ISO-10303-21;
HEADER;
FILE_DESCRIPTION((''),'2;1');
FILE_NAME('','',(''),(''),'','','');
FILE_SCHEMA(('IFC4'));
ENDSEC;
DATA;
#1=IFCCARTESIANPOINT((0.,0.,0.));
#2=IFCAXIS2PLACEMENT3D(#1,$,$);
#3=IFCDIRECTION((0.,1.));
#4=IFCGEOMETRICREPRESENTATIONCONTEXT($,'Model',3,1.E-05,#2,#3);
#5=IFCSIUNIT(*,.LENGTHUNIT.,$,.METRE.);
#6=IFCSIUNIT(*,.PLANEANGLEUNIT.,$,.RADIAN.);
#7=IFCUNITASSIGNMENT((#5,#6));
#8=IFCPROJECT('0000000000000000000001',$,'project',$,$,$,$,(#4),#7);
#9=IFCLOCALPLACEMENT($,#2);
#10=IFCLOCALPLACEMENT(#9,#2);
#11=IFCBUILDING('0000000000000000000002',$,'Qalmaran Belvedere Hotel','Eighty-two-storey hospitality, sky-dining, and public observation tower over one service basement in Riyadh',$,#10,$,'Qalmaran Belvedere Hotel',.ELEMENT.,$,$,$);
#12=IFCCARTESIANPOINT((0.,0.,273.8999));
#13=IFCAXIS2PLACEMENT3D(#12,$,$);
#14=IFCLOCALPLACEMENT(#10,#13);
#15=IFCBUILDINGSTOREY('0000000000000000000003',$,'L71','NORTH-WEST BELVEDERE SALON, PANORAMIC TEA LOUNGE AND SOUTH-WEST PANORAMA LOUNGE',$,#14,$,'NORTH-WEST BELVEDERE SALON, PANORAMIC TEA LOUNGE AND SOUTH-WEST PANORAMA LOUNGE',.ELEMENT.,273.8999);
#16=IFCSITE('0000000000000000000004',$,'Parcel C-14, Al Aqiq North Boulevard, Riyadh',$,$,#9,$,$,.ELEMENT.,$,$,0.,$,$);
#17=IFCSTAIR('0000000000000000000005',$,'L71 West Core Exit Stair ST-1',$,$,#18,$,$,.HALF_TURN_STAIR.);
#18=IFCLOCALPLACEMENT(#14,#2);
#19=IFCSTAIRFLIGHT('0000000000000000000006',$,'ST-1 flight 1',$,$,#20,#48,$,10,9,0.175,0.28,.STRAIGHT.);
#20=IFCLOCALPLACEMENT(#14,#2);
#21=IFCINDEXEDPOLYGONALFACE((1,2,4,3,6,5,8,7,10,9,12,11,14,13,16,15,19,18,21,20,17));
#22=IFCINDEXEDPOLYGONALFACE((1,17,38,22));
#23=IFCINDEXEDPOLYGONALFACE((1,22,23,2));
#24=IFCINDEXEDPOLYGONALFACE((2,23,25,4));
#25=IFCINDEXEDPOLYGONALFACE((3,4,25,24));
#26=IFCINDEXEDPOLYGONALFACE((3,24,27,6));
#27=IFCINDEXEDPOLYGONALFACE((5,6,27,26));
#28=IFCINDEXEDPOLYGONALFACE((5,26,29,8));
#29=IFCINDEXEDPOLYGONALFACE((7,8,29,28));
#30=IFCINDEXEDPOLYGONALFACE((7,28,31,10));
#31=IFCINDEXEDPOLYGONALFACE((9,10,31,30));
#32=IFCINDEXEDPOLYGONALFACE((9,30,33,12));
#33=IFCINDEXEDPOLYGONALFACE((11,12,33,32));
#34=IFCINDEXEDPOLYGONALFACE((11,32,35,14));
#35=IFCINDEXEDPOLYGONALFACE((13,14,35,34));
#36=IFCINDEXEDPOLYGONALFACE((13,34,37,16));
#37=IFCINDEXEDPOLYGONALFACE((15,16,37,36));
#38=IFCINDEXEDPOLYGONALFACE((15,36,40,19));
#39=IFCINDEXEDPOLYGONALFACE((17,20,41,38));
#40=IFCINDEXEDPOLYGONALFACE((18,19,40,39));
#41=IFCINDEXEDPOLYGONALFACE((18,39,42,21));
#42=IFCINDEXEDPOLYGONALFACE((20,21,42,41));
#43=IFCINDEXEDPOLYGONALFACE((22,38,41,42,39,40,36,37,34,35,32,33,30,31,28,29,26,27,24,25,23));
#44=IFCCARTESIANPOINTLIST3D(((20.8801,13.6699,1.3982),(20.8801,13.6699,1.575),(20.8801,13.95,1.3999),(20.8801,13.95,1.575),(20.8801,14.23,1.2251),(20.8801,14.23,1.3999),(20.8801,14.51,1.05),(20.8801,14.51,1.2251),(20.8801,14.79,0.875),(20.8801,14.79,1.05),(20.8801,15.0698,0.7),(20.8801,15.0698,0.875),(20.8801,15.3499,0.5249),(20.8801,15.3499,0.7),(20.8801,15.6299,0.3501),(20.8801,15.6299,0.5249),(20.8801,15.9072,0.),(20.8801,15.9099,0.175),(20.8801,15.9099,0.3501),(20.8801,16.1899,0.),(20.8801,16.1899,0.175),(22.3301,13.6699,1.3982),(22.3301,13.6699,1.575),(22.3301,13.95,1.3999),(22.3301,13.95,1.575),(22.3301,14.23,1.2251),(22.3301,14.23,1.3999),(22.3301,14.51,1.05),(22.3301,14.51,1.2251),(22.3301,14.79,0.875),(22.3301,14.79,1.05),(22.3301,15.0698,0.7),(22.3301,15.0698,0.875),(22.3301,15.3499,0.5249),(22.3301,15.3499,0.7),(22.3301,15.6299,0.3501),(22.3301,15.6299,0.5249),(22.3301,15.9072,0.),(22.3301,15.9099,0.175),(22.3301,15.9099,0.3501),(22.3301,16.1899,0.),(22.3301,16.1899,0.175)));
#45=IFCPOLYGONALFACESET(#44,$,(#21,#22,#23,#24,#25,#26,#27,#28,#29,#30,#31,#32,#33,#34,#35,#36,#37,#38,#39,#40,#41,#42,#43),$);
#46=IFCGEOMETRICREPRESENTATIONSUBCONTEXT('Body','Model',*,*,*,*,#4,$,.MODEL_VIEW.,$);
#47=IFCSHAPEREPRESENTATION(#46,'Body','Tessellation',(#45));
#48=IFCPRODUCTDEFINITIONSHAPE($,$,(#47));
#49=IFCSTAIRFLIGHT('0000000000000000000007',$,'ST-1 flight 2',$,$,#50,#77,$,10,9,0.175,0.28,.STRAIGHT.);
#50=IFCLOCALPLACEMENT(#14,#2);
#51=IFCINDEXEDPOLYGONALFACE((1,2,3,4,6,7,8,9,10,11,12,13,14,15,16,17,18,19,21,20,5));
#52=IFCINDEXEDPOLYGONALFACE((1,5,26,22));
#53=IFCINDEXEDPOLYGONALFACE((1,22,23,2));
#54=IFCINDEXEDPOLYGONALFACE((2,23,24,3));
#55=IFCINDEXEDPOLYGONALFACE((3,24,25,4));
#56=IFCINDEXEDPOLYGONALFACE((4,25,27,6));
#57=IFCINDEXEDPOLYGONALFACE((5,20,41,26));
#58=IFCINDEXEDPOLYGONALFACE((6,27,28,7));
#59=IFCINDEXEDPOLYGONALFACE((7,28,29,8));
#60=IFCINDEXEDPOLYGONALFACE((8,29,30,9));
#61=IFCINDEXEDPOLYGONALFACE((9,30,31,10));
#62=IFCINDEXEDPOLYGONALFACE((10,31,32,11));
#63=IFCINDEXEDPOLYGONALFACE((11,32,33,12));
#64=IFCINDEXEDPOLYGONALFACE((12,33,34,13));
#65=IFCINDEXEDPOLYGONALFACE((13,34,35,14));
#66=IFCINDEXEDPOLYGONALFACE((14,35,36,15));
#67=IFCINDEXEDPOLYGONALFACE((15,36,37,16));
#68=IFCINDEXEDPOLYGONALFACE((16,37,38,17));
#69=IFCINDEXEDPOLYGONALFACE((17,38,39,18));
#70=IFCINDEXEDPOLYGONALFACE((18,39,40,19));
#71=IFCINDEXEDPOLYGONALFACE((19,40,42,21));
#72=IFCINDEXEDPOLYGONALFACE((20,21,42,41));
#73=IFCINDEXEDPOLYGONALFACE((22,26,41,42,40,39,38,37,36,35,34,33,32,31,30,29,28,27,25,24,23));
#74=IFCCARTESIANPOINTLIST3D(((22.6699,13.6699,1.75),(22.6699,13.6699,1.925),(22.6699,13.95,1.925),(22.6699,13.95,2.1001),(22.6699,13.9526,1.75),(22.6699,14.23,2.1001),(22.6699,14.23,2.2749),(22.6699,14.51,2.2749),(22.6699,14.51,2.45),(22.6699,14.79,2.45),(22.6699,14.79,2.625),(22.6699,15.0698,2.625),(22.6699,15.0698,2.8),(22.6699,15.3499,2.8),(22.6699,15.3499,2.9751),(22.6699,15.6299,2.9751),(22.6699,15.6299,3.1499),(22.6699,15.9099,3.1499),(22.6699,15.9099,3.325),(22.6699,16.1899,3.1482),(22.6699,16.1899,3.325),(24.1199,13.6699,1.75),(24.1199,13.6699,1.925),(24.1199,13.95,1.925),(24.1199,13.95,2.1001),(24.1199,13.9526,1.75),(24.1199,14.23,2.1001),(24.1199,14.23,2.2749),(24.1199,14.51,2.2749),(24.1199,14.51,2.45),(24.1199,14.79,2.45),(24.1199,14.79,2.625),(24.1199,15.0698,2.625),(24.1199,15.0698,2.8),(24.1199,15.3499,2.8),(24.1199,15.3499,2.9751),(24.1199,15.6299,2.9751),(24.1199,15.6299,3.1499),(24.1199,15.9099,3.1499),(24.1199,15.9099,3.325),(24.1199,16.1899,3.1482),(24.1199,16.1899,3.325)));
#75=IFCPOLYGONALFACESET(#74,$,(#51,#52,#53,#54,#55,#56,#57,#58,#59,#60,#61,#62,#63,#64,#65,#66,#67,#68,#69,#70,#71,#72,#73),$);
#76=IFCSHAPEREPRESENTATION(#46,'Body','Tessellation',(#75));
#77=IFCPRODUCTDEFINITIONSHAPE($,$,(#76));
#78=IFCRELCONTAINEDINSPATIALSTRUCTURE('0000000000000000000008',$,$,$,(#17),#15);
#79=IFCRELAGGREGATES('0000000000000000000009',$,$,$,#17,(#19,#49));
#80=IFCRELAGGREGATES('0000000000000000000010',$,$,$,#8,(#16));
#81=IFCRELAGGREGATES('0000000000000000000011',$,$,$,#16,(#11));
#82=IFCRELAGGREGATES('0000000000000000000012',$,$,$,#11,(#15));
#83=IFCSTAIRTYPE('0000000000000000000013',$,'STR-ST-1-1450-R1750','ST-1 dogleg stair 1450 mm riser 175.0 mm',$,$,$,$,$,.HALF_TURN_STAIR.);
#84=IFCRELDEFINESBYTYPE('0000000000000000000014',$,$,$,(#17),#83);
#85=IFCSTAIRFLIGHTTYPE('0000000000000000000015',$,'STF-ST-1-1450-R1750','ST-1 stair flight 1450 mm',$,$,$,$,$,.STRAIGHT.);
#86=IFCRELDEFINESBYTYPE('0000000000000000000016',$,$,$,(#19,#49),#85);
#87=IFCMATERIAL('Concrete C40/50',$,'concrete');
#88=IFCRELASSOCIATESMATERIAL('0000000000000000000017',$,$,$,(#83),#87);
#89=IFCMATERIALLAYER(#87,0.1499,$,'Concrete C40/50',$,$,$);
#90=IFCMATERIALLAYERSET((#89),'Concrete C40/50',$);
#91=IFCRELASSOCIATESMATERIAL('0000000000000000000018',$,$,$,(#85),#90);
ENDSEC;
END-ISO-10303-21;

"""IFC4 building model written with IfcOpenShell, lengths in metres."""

from ifc_helpers import new_model, si_unit, direction, frame, origin, place, context, subcontext, project, spatial, polyline, outline, extrude, material, layer, layer_set, type_object, element, aggregate, save


model = new_model("IFC4")

# Units and contexts
model_context = context("Model", 3, precision=1e-05, world=origin(), true_north=direction((0.0, 1.0)))
body_context = subcontext(model_context, "Body", "Model", "MODEL_VIEW")
ifc_project = project(units=[si_unit("LENGTHUNIT", "METRE"), si_unit("PLANEANGLEUNIT", "RADIAN")], contexts=[model_context])

# Site, building, storey
site_placement = place(None, origin())
site = spatial("IfcSite", under=ifc_project, at=site_placement, Name="Parcel C-14, Al Aqiq North Boulevard, Riyadh", CompositionType="ELEMENT", RefElevation=0.0)
building_placement = place(site_placement, origin())
building = spatial("IfcBuilding", under=site, at=building_placement, Name="Qalmaran Belvedere Hotel", Description="Eighty-two-storey hospitality, sky-dining, and public observation tower over one service basement in Riyadh", LongName="Qalmaran Belvedere Hotel", CompositionType="ELEMENT")
storey_placement = place(building_placement, frame((0.0, 0.0, 273.8999)))
storey = spatial("IfcBuildingStorey", under=building, at=storey_placement, Name="L71", Description="NORTH-WEST BELVEDERE SALON, PANORAMIC TEA LOUNGE AND SOUTH-WEST PANORAMA LOUNGE", LongName="NORTH-WEST BELVEDERE SALON, PANORAMIC TEA LOUNGE AND SOUTH-WEST PANORAMA LOUNGE", CompositionType="ELEMENT", Elevation=273.8999)

# Stair, stair flights
ifc_material_1 = material(Name="Concrete C40/50", Category="concrete")
stair_type = type_object("IfcStairType", Name="STR-ST-1-1450-R1750", Description="ST-1 dogleg stair 1450 mm riser 175.0 mm", PredefinedType="HALF_TURN_STAIR", material=ifc_material_1)
stair_placement = place(storey_placement, origin())
stair = element("IfcStair", 1, at=stair_placement, inside=storey, type_object=stair_type, Name="L71 West Core Exit Stair ST-1", PredefinedType="HALF_TURN_STAIR")
ifc_layer_1 = layer(ifc_material_1, 0.1499, Name="Concrete C40/50")
ifc_layer_set_1 = layer_set([ifc_layer_1], Name="Concrete C40/50")
stair_flight_type = type_object("IfcStairFlightType", Name="STF-ST-1-1450-R1750", Description="ST-1 stair flight 1450 mm", PredefinedType="STRAIGHT", material=ifc_layer_set_1)
stair_flight_1_placement = place(storey_placement, frame((21.605, 16.1899, 0.0), z_axis=(0.0, 0.0, 1.0), x_axis=(0.0, -1.0, 0.0)))
stair_flight_1 = element("IfcStairFlight", 2, at=stair_flight_1_placement, type_object=stair_flight_type, Name="ST-1 flight 1", NumberOfRisers=10, NumberOfTreads=9, PredefinedType="STRAIGHT", RiserHeight=0.175, TreadLength=0.28, context=body_context, shape_type="SweptSolid", body=[
    extrude(outline(polyline([(0.0, 0.0), (0.0, 0.175), (0.28, 0.175), (0.28, 0.3501), (0.5601, 0.3501), (0.5601, 0.5249), (0.8401, 0.5249), (0.8401, 0.7), (1.1201, 0.7), (1.1201, 0.875), (1.3999, 0.875), (1.3999, 1.05), (1.6799, 1.05), (1.6799, 1.2251), (1.96, 1.2251), (1.96, 1.3999), (2.24, 1.3999), (2.24, 1.575), (2.52, 1.575), (2.52, 1.75), (2.52, 1.3982), (0.2827, 0.0), (0.0, 0.0)])), frame((0.0, 0.7251, 0.0), z_axis=(0.0, -1.0, 0.0), x_axis=(1.0, 0.0, 0.0)), (0.0, 0.0, 1.0), 1.45),
])
stair_flight_2_placement = place(storey_placement, frame((23.395, 13.6699, 1.75), z_axis=(0.0, 0.0, 1.0), x_axis=(0.0, 1.0, 0.0)))
stair_flight_2 = element("IfcStairFlight", 3, at=stair_flight_2_placement, type_object=stair_flight_type, Name="ST-1 flight 2", NumberOfRisers=10, NumberOfTreads=9, PredefinedType="STRAIGHT", RiserHeight=0.175, TreadLength=0.28, context=body_context, shape_type="SweptSolid", body=[
    extrude(outline(polyline([(0.0, 0.0), (0.0, 0.175), (0.28, 0.175), (0.28, 0.3501), (0.5601, 0.3501), (0.5601, 0.5249), (0.8401, 0.5249), (0.8401, 0.7), (1.1201, 0.7), (1.1201, 0.875), (1.3999, 0.875), (1.3999, 1.05), (1.6799, 1.05), (1.6799, 1.2251), (1.96, 1.2251), (1.96, 1.3999), (2.24, 1.3999), (2.24, 1.575), (2.52, 1.575), (2.52, 1.75), (2.52, 1.3982), (0.2827, 0.0), (0.0, 0.0)])), frame((0.0, 0.7251, 0.0), z_axis=(0.0, -1.0, 0.0), x_axis=(1.0, 0.0, 0.0)), (0.0, 0.0, 1.0), 1.45),
])
aggregate(stair, [stair_flight_1, stair_flight_2])

save(model, "model.ifc")
